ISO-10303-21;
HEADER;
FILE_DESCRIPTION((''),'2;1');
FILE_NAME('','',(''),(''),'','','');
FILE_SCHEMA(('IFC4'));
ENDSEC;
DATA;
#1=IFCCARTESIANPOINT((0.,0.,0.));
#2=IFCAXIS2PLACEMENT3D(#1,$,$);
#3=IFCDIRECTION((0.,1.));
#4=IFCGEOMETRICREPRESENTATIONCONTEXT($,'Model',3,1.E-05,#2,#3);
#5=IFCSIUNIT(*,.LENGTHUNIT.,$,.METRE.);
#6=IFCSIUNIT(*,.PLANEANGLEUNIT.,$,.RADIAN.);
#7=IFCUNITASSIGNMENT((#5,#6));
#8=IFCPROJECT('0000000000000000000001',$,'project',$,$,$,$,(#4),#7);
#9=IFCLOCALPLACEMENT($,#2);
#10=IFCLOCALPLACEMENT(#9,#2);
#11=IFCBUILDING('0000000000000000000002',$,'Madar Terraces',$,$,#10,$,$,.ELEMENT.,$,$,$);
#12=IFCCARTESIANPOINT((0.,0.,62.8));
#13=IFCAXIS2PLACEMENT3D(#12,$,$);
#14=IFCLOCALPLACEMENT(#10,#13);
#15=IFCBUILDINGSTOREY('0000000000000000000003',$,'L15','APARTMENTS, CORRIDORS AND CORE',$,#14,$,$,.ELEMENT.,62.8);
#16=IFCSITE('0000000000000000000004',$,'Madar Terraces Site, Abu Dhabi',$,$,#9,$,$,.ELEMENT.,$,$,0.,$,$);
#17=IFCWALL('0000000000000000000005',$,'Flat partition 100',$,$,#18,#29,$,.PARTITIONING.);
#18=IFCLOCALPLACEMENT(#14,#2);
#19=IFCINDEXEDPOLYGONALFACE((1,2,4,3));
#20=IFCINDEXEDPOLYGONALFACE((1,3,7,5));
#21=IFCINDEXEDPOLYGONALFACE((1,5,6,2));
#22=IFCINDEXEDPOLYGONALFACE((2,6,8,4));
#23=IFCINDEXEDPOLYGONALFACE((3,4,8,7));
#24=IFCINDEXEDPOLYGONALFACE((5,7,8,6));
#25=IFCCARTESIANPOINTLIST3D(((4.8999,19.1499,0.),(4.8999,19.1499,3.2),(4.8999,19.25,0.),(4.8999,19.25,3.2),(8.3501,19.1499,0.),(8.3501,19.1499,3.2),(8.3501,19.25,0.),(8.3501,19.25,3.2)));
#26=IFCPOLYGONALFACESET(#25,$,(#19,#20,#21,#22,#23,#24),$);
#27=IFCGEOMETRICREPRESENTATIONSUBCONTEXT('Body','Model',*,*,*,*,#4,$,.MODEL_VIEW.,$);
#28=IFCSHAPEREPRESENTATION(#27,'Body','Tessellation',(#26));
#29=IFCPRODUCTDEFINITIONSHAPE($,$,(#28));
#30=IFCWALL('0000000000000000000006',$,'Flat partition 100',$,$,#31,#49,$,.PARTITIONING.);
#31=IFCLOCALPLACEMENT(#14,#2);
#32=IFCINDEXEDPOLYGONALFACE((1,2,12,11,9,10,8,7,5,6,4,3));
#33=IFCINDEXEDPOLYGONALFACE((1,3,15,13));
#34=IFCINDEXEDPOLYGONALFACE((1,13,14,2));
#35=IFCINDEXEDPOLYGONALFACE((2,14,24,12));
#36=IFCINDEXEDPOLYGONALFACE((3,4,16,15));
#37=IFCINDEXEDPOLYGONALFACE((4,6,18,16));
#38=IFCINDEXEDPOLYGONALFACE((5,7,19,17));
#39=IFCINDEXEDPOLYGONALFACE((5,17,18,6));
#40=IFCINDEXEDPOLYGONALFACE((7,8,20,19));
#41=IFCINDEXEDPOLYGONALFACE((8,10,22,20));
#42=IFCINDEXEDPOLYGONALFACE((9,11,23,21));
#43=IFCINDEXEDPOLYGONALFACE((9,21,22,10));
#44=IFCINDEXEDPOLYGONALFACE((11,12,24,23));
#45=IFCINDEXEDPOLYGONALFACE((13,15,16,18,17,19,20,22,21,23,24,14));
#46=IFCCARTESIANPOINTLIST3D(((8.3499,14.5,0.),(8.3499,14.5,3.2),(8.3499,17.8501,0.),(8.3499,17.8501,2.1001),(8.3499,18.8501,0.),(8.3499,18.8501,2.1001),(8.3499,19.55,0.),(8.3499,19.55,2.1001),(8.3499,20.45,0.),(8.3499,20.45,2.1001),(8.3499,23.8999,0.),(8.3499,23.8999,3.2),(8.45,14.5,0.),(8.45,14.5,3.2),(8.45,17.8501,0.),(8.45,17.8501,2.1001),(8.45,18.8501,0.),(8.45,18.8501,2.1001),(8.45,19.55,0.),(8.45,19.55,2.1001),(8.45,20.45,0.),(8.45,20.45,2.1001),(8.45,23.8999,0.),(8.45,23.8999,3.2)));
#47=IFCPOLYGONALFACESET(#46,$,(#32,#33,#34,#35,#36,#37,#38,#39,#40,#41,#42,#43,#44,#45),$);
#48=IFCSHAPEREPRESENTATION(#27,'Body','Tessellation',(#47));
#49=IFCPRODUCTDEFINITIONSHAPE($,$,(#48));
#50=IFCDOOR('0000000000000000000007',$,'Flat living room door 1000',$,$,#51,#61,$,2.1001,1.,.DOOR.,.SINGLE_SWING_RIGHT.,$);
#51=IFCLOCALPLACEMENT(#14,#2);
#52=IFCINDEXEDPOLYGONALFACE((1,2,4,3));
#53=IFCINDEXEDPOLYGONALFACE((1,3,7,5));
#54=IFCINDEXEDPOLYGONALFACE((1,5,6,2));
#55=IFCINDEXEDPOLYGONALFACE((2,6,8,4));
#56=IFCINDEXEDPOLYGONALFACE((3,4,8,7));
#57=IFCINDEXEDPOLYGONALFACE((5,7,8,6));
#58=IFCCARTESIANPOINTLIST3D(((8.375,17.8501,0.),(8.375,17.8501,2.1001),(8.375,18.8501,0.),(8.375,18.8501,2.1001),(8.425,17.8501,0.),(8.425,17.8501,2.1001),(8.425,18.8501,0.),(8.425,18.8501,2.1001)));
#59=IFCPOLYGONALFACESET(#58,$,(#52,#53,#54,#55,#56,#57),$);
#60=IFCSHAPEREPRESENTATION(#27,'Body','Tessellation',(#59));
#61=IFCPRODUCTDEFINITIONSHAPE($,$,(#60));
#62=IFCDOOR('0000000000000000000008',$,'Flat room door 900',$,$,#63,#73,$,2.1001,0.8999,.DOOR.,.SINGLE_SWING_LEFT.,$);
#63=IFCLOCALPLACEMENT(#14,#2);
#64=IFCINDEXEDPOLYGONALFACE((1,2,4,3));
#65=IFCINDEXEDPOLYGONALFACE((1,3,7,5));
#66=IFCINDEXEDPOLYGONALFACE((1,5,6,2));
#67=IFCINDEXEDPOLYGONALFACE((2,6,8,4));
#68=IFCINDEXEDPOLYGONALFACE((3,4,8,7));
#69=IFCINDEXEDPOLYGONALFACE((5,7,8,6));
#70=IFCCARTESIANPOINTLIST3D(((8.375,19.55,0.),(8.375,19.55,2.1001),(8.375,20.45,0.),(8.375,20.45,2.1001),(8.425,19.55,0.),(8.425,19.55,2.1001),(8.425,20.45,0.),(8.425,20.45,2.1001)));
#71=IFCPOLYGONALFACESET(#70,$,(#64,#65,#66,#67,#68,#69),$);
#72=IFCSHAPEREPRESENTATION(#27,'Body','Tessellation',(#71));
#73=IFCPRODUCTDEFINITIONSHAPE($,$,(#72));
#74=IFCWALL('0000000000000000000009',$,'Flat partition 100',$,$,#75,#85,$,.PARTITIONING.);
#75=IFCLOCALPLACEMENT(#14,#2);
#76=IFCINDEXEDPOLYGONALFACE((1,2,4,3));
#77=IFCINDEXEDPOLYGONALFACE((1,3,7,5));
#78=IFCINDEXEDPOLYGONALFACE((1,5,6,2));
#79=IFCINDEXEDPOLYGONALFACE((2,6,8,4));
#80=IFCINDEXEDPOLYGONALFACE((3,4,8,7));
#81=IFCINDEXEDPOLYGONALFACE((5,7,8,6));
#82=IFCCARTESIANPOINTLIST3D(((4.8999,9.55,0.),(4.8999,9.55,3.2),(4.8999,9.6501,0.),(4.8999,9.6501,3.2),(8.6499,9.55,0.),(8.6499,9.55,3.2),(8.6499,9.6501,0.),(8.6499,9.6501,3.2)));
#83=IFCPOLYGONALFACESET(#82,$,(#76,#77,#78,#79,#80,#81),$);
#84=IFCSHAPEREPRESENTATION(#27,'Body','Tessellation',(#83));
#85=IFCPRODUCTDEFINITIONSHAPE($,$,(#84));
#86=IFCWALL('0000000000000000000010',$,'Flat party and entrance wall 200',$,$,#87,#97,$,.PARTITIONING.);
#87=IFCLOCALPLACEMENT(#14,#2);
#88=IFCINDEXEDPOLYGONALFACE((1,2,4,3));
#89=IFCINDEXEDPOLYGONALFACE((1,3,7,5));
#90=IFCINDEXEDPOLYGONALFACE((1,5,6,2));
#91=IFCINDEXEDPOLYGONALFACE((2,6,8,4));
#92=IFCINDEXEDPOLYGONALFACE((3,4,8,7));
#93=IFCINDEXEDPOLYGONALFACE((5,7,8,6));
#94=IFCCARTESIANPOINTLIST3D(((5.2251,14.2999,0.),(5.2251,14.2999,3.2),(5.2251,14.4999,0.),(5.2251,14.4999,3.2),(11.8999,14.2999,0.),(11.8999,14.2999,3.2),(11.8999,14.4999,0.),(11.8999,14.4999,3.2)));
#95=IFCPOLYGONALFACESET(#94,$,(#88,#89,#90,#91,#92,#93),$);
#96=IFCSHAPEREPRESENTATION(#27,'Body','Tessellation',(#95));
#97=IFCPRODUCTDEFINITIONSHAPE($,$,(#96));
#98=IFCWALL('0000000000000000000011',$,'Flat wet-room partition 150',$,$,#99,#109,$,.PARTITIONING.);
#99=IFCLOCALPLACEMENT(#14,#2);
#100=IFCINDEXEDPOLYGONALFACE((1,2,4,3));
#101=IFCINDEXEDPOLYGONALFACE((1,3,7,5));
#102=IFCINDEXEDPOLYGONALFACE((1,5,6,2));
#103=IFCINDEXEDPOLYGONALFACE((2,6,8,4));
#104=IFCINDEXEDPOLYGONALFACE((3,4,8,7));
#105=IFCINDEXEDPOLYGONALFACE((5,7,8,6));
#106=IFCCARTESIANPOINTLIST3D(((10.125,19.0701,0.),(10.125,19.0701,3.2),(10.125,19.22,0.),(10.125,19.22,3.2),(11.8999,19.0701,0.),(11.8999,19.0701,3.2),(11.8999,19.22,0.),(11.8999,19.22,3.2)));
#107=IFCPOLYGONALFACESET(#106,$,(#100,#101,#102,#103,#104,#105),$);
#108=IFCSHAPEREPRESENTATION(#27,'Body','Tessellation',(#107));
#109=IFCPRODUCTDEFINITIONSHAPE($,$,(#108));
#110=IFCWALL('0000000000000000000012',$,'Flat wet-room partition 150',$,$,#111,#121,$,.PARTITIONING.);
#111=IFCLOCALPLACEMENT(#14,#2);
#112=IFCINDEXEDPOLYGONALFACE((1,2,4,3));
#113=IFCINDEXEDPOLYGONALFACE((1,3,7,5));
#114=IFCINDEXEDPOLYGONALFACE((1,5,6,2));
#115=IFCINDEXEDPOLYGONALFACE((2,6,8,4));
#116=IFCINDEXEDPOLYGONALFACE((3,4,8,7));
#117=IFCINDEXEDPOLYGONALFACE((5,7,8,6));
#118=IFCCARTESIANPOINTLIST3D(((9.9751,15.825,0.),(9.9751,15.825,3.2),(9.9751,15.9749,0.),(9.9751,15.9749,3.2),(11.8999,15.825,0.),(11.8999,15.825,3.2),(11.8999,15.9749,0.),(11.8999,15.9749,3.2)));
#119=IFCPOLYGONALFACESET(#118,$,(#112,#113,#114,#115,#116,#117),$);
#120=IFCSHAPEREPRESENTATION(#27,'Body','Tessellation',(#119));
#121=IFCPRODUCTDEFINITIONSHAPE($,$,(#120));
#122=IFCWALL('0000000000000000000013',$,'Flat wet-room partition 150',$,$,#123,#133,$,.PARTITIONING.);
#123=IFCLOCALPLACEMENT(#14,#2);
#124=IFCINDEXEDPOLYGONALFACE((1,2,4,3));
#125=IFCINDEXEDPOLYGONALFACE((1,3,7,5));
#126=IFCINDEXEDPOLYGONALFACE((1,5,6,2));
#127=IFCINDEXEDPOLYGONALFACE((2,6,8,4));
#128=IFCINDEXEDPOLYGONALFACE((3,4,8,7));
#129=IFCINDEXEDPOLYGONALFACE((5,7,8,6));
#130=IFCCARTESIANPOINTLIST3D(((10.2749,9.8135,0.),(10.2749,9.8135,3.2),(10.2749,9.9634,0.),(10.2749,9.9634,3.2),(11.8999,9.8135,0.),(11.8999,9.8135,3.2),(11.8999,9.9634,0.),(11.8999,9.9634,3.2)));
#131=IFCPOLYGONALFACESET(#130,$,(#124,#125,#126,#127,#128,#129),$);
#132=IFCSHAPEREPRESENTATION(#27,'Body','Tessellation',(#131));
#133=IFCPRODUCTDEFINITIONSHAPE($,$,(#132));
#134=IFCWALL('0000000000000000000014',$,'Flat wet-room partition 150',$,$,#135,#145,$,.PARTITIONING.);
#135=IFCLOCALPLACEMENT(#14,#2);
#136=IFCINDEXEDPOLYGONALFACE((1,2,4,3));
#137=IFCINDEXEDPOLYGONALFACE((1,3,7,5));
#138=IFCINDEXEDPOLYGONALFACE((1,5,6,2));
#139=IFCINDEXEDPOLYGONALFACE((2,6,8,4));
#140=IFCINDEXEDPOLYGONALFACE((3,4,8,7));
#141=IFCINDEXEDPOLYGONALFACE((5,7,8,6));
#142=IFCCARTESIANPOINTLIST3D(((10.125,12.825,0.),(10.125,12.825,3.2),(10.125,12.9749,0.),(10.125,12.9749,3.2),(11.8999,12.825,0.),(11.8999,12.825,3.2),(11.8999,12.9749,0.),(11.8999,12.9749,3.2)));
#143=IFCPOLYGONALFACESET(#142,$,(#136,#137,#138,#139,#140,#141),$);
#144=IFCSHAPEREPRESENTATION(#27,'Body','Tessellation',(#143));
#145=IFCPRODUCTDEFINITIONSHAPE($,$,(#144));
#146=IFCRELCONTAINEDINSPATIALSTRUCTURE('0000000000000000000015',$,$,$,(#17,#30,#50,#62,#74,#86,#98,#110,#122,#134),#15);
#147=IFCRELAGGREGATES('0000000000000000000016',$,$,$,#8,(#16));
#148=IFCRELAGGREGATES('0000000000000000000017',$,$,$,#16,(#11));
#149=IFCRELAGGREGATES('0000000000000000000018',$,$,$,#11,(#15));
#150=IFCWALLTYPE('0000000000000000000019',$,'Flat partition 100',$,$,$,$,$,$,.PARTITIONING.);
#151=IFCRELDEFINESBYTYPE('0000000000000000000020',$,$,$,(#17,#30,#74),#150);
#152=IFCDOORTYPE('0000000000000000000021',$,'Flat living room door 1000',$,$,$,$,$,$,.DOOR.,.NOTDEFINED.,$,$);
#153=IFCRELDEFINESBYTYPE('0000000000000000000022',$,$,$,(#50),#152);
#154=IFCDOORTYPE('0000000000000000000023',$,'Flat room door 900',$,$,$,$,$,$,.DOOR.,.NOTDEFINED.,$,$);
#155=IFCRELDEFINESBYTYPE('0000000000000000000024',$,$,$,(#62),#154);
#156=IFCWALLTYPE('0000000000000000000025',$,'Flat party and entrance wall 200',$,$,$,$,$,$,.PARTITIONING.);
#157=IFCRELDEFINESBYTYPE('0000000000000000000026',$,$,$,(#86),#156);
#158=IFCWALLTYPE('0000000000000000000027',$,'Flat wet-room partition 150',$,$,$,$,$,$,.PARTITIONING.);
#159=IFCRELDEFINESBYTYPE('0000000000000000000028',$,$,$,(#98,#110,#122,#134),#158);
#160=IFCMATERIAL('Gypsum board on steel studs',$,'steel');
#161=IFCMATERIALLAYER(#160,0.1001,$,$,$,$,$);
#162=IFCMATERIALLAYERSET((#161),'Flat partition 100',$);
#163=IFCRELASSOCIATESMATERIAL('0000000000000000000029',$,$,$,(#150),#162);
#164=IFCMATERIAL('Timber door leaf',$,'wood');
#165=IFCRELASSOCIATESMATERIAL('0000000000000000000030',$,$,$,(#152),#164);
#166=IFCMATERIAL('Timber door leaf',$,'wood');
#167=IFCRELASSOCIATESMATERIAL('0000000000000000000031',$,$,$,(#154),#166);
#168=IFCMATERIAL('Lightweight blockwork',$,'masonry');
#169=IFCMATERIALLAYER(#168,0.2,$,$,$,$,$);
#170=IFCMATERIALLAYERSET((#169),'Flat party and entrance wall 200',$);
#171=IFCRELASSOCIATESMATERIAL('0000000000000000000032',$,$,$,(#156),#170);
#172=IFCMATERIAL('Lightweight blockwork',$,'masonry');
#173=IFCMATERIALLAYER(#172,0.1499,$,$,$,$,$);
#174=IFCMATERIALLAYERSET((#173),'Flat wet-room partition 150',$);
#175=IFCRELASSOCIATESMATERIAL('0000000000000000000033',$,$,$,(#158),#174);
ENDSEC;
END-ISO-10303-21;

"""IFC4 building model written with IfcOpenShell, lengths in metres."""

from ifc_helpers import new_model, si_unit, direction, frame, frame_2d, origin, place, context, subcontext, project, spatial, rectangle, extrude, material, layer, layer_set, type_object, element, fill, save


model = new_model("IFC4")

# Units and contexts
model_context = context("Model", 3, precision=1e-05, world=origin(), true_north=direction((0.0, 1.0)))
body_context = subcontext(model_context, "Body", "Model", "MODEL_VIEW")
ifc_project = project(units=[si_unit("LENGTHUNIT", "METRE"), si_unit("PLANEANGLEUNIT", "RADIAN")], contexts=[model_context])

# Site, building, storey
site_placement = place(None, origin())
site = spatial("IfcSite", under=ifc_project, at=site_placement, Name="Madar Terraces Site, Abu Dhabi", CompositionType="ELEMENT", RefElevation=0.0)
building_placement = place(site_placement, origin())
building = spatial("IfcBuilding", under=site, at=building_placement, Name="Madar Terraces", CompositionType="ELEMENT")
storey_placement = place(building_placement, frame((0.0, 0.0, 62.8)))
storey = spatial("IfcBuildingStorey", under=building, at=storey_placement, Name="L15", Description="APARTMENTS, CORRIDORS AND CORE", CompositionType="ELEMENT", Elevation=62.8)

# Wall
ifc_material_1 = material(Name="Gypsum board on steel studs", Category="steel")
ifc_layer_1 = layer(ifc_material_1, 0.1001)
ifc_layer_set_1 = layer_set([ifc_layer_1], Name="Flat partition 100")
wall_type_1 = type_object("IfcWallType", Name="Flat partition 100", PredefinedType="PARTITIONING", material=ifc_layer_set_1)
wall_1_placement = place(storey_placement, frame((8.3501, 19.2, 0.0), z_axis=(0.0, 0.0, 1.0), x_axis=(-1.0, 0.0, 0.0)))
element("IfcWall", 1, at=wall_1_placement, inside=storey, type_object=wall_type_1, Name="Flat partition 100", PredefinedType="PARTITIONING", context=body_context, shape_type="SweptSolid", body=[
    extrude(rectangle(XDim=3.4502, YDim=0.1001, at=frame_2d((1.7251, 0.0))), origin(), (0.0, 0.0, 1.0), 3.2),
])

# Wall, openings, doors
wall_2_placement = place(storey_placement, frame((8.3999, 14.5, 0.0), z_axis=(0.0, 0.0, 1.0), x_axis=(0.0, 1.0, 0.0)))
wall_2 = element("IfcWall", 2, at=wall_2_placement, inside=storey, type_object=wall_type_1, Name="Flat partition 100", PredefinedType="PARTITIONING", context=body_context, shape_type="SweptSolid", body=[
    extrude(rectangle(XDim=9.3999, YDim=0.1001, at=frame_2d((4.7, 0.0))), origin(), (0.0, 0.0, 1.0), 3.2),
])
opening_1_placement = place(wall_2_placement, frame((3.3501, 0.0, 0.0)))
opening_1 = element("IfcOpeningElement", 3, at=opening_1_placement, cuts=wall_2, PredefinedType="OPENING", context=body_context, shape_type="SweptSolid", body=[
    extrude(rectangle(XDim=1.0, YDim=2.1001, at=frame_2d((0.5, 1.05))), frame((0.0, 0.0601, 0.0), z_axis=(0.0, -1.0, 0.0), x_axis=(1.0, 0.0, 0.0)), (0.0, 0.0, 1.0), 0.1201),
])
opening_2_placement = place(wall_2_placement, frame((5.05, 0.0, 0.0)))
opening_2 = element("IfcOpeningElement", 4, at=opening_2_placement, cuts=wall_2, PredefinedType="OPENING", context=body_context, shape_type="SweptSolid", body=[
    extrude(rectangle(XDim=0.8999, YDim=2.1001, at=frame_2d((0.45, 1.05))), frame((0.0, 0.0601, 0.0), z_axis=(0.0, -1.0, 0.0), x_axis=(1.0, 0.0, 0.0)), (0.0, 0.0, 1.0), 0.1201),
])
ifc_material_2 = material(Name="Timber door leaf", Category="wood")
door_type_1 = type_object("IfcDoorType", Name="Flat living room door 1000", OperationType="NOTDEFINED", PredefinedType="DOOR", material=ifc_material_2)
door_1_placement = place(opening_1_placement, origin())
door_1 = element("IfcDoor", 5, at=door_1_placement, inside=storey, type_object=door_type_1, Name="Flat living room door 1000", OperationType="SINGLE_SWING_RIGHT", OverallHeight=2.1001, OverallWidth=1.0, PredefinedType="DOOR", context=body_context, shape_type="SweptSolid", body=[
    extrude(rectangle(XDim=1.0, YDim=2.1001, at=frame_2d((0.5, 1.05))), frame((0.0, 0.0249, 0.0), z_axis=(0.0, -1.0, 0.0), x_axis=(1.0, 0.0, 0.0)), (0.0, 0.0, 1.0), 0.05),
])
fill(opening_1, door_1)
ifc_material_3 = material(Name="Timber door leaf", Category="wood")
door_type_2 = type_object("IfcDoorType", Name="Flat room door 900", OperationType="NOTDEFINED", PredefinedType="DOOR", material=ifc_material_3)
door_2_placement = place(opening_2_placement, origin())
door_2 = element("IfcDoor", 6, at=door_2_placement, inside=storey, type_object=door_type_2, Name="Flat room door 900", OperationType="SINGLE_SWING_LEFT", OverallHeight=2.1001, OverallWidth=0.8999, PredefinedType="DOOR", context=body_context, shape_type="SweptSolid", body=[
    extrude(rectangle(XDim=0.8999, YDim=2.1001, at=frame_2d((0.45, 1.05))), frame((0.0, 0.0249, 0.0), z_axis=(0.0, -1.0, 0.0), x_axis=(1.0, 0.0, 0.0)), (0.0, 0.0, 1.0), 0.05),
])
fill(opening_2, door_2)

# Walls
wall_3_placement = place(storey_placement, frame((8.6499, 9.6001, 0.0), z_axis=(0.0, 0.0, 1.0), x_axis=(-1.0, 0.0, 0.0)))
element("IfcWall", 7, at=wall_3_placement, inside=storey, type_object=wall_type_1, Name="Flat partition 100", PredefinedType="PARTITIONING", context=body_context, shape_type="SweptSolid", body=[
    extrude(rectangle(XDim=3.75, YDim=0.1001, at=frame_2d((1.875, 0.0))), origin(), (0.0, 0.0, 1.0), 3.2),
])
ifc_material_4 = material(Name="Lightweight blockwork", Category="masonry")
ifc_layer_2 = layer(ifc_material_4, 0.2)
ifc_layer_set_2 = layer_set([ifc_layer_2], Name="Flat party and entrance wall 200")
wall_type_2 = type_object("IfcWallType", Name="Flat party and entrance wall 200", PredefinedType="PARTITIONING", material=ifc_layer_set_2)
wall_4_placement = place(storey_placement, frame((5.2251, 14.3999, 0.0), z_axis=(0.0, 0.0, 1.0), x_axis=(1.0, 0.0, 0.0)))
element("IfcWall", 8, at=wall_4_placement, inside=storey, type_object=wall_type_2, Name="Flat party and entrance wall 200", PredefinedType="PARTITIONING", context=body_context, shape_type="SweptSolid", body=[
    extrude(rectangle(XDim=6.6748, YDim=0.2, at=frame_2d((3.3374, 0.0))), origin(), (0.0, 0.0, 1.0), 3.2),
])
ifc_material_5 = material(Name="Lightweight blockwork", Category="masonry")
ifc_layer_3 = layer(ifc_material_5, 0.1499)
ifc_layer_set_3 = layer_set([ifc_layer_3], Name="Flat wet-room partition 150")
wall_type_3 = type_object("IfcWallType", Name="Flat wet-room partition 150", PredefinedType="PARTITIONING", material=ifc_layer_set_3)
wall_5_placement = place(storey_placement, frame((11.8999, 19.145, 0.0), z_axis=(0.0, 0.0, 1.0), x_axis=(-1.0, 0.0, 0.0)))
element("IfcWall", 9, at=wall_5_placement, inside=storey, type_object=wall_type_3, Name="Flat wet-room partition 150", PredefinedType="PARTITIONING", context=body_context, shape_type="SweptSolid", body=[
    extrude(rectangle(XDim=1.7749, YDim=0.1499, at=frame_2d((0.8875, 0.0))), origin(), (0.0, 0.0, 1.0), 3.2),
])
wall_6_placement = place(storey_placement, frame((11.8999, 15.8999, 0.0), z_axis=(0.0, 0.0, 1.0), x_axis=(-1.0, 0.0, 0.0)))
element("IfcWall", 10, at=wall_6_placement, inside=storey, type_object=wall_type_3, Name="Flat wet-room partition 150", PredefinedType="PARTITIONING", context=body_context, shape_type="SweptSolid", body=[
    extrude(rectangle(XDim=1.9248, YDim=0.1499, at=frame_2d((0.9624, 0.0))), origin(), (0.0, 0.0, 1.0), 3.2),
])
wall_7_placement = place(storey_placement, frame((11.8999, 9.8884, 0.0), z_axis=(0.0, 0.0, 1.0), x_axis=(-1.0, 0.0, 0.0)))
element("IfcWall", 11, at=wall_7_placement, inside=storey, type_object=wall_type_3, Name="Flat wet-room partition 150", PredefinedType="PARTITIONING", context=body_context, shape_type="SweptSolid", body=[
    extrude(rectangle(XDim=1.625, YDim=0.1499, at=frame_2d((0.8125, 0.0))), origin(), (0.0, 0.0, 1.0), 3.2),
])
wall_8_placement = place(storey_placement, frame((11.8999, 12.8999, 0.0), z_axis=(0.0, 0.0, 1.0), x_axis=(-1.0, 0.0, 0.0)))
element("IfcWall", 12, at=wall_8_placement, inside=storey, type_object=wall_type_3, Name="Flat wet-room partition 150", PredefinedType="PARTITIONING", context=body_context, shape_type="SweptSolid", body=[
    extrude(rectangle(XDim=1.7749, YDim=0.1499, at=frame_2d((0.8875, 0.0))), origin(), (0.0, 0.0, 1.0), 3.2),
])

save(model, "model.ifc")
